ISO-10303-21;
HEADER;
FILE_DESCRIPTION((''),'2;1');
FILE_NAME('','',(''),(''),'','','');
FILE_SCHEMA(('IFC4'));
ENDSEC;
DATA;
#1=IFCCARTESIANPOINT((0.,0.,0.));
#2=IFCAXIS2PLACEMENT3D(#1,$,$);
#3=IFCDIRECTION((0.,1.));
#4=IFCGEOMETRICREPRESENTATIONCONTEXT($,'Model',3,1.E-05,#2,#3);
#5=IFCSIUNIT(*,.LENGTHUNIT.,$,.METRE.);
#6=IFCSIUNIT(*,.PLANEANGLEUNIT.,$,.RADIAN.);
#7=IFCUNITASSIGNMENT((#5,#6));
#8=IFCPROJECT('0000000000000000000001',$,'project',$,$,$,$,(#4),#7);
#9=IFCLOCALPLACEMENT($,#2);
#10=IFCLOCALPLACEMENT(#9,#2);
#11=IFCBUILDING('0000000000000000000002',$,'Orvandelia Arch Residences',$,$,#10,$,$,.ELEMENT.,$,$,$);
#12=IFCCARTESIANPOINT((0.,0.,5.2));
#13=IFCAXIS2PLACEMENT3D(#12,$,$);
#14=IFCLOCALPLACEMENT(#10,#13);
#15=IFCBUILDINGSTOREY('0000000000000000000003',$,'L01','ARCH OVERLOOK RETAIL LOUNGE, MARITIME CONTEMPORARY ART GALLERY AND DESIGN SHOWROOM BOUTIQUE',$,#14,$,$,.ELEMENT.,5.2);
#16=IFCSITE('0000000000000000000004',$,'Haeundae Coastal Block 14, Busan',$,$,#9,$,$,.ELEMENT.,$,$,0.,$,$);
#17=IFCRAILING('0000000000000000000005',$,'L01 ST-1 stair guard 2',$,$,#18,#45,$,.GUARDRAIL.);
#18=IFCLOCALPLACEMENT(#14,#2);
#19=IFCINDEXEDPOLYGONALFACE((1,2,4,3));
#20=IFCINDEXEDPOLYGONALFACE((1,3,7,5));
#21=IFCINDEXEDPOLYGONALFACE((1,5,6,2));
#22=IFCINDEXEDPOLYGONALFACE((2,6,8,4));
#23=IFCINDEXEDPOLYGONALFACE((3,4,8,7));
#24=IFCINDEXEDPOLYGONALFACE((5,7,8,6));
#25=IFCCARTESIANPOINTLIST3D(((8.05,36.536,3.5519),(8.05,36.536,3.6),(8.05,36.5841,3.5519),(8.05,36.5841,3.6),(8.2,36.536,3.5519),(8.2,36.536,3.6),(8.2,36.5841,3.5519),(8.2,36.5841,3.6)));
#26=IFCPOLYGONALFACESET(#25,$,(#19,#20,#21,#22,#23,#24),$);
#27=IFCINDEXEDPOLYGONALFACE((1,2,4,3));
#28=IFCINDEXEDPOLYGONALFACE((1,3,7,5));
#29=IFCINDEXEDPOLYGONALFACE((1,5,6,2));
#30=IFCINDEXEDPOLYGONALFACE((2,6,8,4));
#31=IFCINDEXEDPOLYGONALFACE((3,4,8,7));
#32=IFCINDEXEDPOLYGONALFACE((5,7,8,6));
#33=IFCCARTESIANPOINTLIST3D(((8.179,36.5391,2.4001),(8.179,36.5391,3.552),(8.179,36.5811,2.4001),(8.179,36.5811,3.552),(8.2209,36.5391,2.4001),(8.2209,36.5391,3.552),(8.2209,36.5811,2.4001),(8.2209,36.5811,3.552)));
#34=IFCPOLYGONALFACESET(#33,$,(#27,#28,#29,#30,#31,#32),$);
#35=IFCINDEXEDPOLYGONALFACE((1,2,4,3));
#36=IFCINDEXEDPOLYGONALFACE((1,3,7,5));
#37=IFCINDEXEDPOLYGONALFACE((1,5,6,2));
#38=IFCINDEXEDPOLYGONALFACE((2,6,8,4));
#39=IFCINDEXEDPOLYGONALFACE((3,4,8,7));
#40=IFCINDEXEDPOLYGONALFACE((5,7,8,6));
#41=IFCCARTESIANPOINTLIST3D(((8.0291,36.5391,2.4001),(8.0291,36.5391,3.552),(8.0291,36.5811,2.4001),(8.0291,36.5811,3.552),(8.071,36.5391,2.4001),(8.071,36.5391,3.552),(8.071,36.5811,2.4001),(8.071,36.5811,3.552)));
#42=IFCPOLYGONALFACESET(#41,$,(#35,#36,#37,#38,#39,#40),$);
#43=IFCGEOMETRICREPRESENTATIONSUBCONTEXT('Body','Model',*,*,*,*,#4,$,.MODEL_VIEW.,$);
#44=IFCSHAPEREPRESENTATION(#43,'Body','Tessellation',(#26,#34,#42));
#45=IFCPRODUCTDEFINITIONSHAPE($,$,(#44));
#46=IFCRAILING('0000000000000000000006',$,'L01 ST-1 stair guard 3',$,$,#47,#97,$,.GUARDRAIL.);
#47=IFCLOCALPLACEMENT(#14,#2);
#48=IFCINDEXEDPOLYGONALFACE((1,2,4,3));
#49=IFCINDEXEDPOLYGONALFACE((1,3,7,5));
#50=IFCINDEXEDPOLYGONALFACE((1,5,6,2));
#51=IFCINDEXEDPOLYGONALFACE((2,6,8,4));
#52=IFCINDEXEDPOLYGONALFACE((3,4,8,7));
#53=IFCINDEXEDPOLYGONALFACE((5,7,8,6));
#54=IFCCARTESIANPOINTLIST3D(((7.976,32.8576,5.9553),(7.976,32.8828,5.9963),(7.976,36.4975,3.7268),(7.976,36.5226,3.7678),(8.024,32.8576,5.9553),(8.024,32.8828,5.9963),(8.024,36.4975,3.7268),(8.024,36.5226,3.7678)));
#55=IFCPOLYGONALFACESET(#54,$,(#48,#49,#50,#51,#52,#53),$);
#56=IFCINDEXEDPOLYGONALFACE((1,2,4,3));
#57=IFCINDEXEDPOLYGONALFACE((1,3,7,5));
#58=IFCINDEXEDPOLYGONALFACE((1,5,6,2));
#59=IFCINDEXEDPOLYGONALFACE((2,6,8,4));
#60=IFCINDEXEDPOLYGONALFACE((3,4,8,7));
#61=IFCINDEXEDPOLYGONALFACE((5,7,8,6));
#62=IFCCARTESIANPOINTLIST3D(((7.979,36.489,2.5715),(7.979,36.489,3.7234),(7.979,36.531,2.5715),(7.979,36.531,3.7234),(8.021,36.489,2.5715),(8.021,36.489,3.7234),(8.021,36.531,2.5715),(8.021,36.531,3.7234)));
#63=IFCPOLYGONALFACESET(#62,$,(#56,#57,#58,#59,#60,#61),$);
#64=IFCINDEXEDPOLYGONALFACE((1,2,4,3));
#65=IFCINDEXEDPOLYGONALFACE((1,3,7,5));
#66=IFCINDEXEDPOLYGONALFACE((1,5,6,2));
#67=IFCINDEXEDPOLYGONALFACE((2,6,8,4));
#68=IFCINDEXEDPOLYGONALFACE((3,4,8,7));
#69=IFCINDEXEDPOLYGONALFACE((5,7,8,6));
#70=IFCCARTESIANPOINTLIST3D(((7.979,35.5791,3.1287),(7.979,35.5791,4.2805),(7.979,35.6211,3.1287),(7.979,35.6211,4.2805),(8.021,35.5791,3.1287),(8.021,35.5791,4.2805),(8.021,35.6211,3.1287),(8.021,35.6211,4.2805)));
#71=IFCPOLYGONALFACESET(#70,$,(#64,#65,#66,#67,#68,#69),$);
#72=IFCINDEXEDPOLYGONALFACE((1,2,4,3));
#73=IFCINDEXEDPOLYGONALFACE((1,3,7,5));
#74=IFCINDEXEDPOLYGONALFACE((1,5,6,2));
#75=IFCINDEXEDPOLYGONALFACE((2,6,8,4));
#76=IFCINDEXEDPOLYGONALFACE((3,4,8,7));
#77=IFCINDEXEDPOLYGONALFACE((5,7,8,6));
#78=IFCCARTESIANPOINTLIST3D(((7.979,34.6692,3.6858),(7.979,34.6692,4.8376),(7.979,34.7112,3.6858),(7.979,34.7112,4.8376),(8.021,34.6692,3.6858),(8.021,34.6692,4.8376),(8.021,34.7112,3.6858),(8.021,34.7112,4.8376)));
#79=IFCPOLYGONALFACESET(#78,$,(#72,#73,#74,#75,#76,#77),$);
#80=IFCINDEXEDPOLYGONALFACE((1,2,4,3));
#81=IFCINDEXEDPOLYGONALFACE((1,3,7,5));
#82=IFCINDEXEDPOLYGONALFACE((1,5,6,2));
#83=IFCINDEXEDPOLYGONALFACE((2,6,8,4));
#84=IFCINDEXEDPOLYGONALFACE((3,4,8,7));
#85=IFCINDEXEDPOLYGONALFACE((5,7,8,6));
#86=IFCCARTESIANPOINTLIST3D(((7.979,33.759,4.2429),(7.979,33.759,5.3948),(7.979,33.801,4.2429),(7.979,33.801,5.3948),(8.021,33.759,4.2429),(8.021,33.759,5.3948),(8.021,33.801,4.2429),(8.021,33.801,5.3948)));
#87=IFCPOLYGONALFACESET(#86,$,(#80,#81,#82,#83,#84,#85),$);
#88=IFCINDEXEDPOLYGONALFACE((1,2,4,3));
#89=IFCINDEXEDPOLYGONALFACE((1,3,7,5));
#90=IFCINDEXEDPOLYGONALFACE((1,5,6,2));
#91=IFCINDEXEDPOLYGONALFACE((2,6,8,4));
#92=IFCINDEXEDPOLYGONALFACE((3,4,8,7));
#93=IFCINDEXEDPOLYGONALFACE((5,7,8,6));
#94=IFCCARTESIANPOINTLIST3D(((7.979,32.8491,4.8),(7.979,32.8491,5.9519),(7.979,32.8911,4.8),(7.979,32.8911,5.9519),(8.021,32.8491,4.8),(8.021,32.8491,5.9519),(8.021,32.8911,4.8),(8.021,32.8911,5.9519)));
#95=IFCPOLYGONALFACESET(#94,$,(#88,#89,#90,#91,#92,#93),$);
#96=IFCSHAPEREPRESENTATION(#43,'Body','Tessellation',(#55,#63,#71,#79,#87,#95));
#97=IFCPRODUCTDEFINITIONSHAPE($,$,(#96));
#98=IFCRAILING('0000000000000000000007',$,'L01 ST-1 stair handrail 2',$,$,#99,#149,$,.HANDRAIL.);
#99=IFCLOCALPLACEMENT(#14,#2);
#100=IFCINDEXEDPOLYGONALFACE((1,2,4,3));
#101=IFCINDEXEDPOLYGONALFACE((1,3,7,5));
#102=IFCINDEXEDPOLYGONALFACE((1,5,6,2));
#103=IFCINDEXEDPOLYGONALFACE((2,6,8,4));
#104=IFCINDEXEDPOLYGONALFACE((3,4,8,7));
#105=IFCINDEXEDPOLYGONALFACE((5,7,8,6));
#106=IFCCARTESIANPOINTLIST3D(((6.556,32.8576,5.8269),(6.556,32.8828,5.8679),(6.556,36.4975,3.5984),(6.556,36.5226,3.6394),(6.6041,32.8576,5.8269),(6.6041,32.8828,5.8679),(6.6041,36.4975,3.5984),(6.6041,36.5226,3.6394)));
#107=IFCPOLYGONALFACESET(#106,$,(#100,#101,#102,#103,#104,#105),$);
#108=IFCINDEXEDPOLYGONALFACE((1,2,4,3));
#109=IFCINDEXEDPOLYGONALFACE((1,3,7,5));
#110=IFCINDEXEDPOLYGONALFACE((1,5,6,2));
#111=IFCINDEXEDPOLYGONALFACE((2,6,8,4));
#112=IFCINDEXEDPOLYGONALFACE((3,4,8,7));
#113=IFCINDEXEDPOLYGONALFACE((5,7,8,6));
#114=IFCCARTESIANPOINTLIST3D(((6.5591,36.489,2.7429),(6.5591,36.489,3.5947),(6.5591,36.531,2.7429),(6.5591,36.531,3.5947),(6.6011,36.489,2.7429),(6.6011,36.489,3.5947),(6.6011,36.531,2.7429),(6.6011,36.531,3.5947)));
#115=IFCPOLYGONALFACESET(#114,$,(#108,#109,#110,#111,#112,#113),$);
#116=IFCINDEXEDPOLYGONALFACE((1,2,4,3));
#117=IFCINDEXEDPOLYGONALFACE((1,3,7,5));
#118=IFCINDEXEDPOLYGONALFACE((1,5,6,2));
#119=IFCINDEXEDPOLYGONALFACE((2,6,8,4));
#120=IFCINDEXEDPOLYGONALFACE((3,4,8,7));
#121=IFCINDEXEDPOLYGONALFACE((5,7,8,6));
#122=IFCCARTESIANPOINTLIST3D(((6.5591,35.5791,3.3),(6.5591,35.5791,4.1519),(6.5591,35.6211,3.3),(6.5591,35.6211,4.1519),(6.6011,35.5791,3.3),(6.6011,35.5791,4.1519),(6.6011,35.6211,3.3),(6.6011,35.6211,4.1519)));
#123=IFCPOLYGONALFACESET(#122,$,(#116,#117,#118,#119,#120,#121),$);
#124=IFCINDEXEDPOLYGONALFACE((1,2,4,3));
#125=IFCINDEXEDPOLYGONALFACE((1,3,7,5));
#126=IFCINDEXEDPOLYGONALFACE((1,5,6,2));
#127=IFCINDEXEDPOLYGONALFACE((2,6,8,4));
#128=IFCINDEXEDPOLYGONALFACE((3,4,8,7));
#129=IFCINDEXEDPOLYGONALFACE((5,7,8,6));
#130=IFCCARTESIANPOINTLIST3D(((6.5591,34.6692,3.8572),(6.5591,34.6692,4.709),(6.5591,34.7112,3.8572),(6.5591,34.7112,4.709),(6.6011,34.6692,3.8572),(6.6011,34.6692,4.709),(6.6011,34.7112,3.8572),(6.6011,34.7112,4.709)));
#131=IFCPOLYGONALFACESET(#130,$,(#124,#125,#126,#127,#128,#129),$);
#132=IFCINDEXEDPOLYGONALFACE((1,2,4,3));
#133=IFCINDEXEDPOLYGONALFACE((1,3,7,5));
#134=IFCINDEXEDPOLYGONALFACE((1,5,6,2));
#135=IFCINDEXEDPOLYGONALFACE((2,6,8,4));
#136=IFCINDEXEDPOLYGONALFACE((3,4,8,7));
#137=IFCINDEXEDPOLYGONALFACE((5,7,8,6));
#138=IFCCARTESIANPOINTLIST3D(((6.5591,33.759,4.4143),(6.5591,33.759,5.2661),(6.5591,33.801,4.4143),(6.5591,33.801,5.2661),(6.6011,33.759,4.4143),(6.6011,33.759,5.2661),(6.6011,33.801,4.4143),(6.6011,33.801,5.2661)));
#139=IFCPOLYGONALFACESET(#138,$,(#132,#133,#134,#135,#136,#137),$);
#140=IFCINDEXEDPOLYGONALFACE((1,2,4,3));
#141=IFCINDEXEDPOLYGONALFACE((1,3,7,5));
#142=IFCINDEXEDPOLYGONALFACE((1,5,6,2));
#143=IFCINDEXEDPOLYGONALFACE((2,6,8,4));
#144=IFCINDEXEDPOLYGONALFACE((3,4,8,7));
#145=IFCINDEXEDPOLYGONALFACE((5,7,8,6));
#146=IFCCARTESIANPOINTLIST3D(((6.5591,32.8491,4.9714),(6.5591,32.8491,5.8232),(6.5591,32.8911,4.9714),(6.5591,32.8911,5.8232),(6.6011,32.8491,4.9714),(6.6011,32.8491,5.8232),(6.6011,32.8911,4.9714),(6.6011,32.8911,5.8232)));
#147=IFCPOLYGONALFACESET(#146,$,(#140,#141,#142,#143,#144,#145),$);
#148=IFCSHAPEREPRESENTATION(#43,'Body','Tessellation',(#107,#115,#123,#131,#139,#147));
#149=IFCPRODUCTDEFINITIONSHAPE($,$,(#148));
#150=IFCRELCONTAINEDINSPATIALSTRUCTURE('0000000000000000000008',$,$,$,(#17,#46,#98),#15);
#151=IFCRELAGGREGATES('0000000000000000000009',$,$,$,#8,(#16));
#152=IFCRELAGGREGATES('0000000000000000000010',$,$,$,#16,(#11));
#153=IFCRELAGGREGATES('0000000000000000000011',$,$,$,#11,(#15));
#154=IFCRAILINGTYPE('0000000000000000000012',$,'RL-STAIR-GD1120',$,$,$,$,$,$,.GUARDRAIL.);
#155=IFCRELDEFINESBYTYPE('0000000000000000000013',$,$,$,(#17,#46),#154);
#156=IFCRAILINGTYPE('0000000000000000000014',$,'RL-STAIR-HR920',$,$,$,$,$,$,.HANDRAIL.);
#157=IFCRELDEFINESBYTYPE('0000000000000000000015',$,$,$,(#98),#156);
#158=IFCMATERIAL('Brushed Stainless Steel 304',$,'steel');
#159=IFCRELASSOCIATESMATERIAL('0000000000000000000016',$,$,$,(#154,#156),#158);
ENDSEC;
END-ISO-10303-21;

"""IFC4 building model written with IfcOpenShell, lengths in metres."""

from ifc_helpers import new_model, si_unit, direction, frame, origin, origin_2d, place, context, subcontext, project, spatial, rectangle, extrude, material, type_object, element, save


model = new_model("IFC4")

# Units and contexts
model_context = context("Model", 3, precision=1e-05, world=origin(), true_north=direction((0.0, 1.0)))
body_context = subcontext(model_context, "Body", "Model", "MODEL_VIEW")
ifc_project = project(units=[si_unit("LENGTHUNIT", "METRE"), si_unit("PLANEANGLEUNIT", "RADIAN")], contexts=[model_context])

# Site, building, storey
site_placement = place(None, origin())
site = spatial("IfcSite", under=ifc_project, at=site_placement, Name="Haeundae Coastal Block 14, Busan", CompositionType="ELEMENT", RefElevation=0.0)
building_placement = place(site_placement, origin())
building = spatial("IfcBuilding", under=site, at=building_placement, Name="Orvandelia Arch Residences", CompositionType="ELEMENT")
storey_placement = place(building_placement, frame((0.0, 0.0, 5.2)))
storey = spatial("IfcBuildingStorey", under=building, at=storey_placement, Name="L01", Description="ARCH OVERLOOK RETAIL LOUNGE, MARITIME CONTEMPORARY ART GALLERY AND DESIGN SHOWROOM BOUTIQUE", CompositionType="ELEMENT", Elevation=5.2)

# Railings
ifc_material_1 = material(Name="Brushed Stainless Steel 304", Category="steel")
railing_type_1 = type_object("IfcRailingType", Name="RL-STAIR-GD1120", PredefinedType="GUARDRAIL", material=ifc_material_1)
railing_1_placement = place(storey_placement, frame((8.2, 36.5601, 2.4001)))
element("IfcRailing", 1, at=railing_1_placement, inside=storey, type_object=railing_type_1, Name="L01 ST-1 stair guard 2", PredefinedType="GUARDRAIL", context=body_context, shape_type="SweptSolid", body=[
    extrude(rectangle(XDim=0.0481, YDim=0.0481, at=origin_2d()), frame((0.0, 0.0, 1.1758), z_axis=(-1.0, 0.0, 0.0), x_axis=(0.0, -1.0, 0.0)), (0.0, 0.0, 1.0), 0.1499),
    extrude(rectangle(XDim=0.042, YDim=0.042, at=origin_2d()), origin(), (0.0, 0.0, 1.0), 1.1519),
    extrude(rectangle(XDim=0.042, YDim=0.042, at=origin_2d()), frame((-0.1499, 0.0, 0.0)), (0.0, 0.0, 1.0), 1.1519),
])
railing_2_placement = place(storey_placement, frame((8.0, 36.51, 2.5715)))
element("IfcRailing", 2, at=railing_2_placement, inside=storey, type_object=railing_type_1, Name="L01 ST-1 stair guard 3", PredefinedType="GUARDRAIL", context=body_context, shape_type="SweptSolid", body=[
    extrude(rectangle(XDim=0.0481, YDim=0.0481, at=origin_2d()), frame((0.0, 0.0, 1.1758), z_axis=(0.0, -0.85285, 0.522156), x_axis=(1.0, 0.0, 0.0)), (0.0, 0.0, 1.0), 4.2678),
    extrude(rectangle(XDim=0.042, YDim=0.042, at=origin_2d()), origin(), (0.0, 0.0, 1.0), 1.1519),
    extrude(rectangle(XDim=0.042, YDim=0.042, at=origin_2d()), frame((0.0, -0.9099, 0.5571)), (0.0, 0.0, 1.0), 1.1519),
    extrude(rectangle(XDim=0.042, YDim=0.042, at=origin_2d()), frame((0.0, -1.8198, 1.1143)), (0.0, 0.0, 1.0), 1.1519),
    extrude(rectangle(XDim=0.042, YDim=0.042, at=origin_2d()), frame((0.0, -2.73, 1.6714)), (0.0, 0.0, 1.0), 1.1519),
    extrude(rectangle(XDim=0.042, YDim=0.042, at=origin_2d()), frame((0.0, -3.6399, 2.2285)), (0.0, 0.0, 1.0), 1.1519),
])
railing_type_2 = type_object("IfcRailingType", Name="RL-STAIR-HR920", PredefinedType="HANDRAIL", material=ifc_material_1)
railing_3_placement = place(storey_placement, frame((6.5801, 36.51, 2.7429)))
element("IfcRailing", 3, at=railing_3_placement, inside=storey, type_object=railing_type_2, Name="L01 ST-1 stair handrail 2", PredefinedType="HANDRAIL", context=body_context, shape_type="SweptSolid", body=[
    extrude(rectangle(XDim=0.0481, YDim=0.0481, at=origin_2d()), frame((0.0, 0.0, 0.876), z_axis=(0.0, -0.85285, 0.522156), x_axis=(1.0, 0.0, 0.0)), (0.0, 0.0, 1.0), 4.2678),
    extrude(rectangle(XDim=0.042, YDim=0.042, at=origin_2d()), origin(), (0.0, 0.0, 1.0), 0.8518),
    extrude(rectangle(XDim=0.042, YDim=0.042, at=origin_2d()), frame((0.0, -0.9099, 0.5571)), (0.0, 0.0, 1.0), 0.8518),
    extrude(rectangle(XDim=0.042, YDim=0.042, at=origin_2d()), frame((0.0, -1.8198, 1.1143)), (0.0, 0.0, 1.0), 0.8518),
    extrude(rectangle(XDim=0.042, YDim=0.042, at=origin_2d()), frame((0.0, -2.73, 1.6714)), (0.0, 0.0, 1.0), 0.8518),
    extrude(rectangle(XDim=0.042, YDim=0.042, at=origin_2d()), frame((0.0, -3.6399, 2.2285)), (0.0, 0.0, 1.0), 0.8518),
])

save(model, "model.ifc")
